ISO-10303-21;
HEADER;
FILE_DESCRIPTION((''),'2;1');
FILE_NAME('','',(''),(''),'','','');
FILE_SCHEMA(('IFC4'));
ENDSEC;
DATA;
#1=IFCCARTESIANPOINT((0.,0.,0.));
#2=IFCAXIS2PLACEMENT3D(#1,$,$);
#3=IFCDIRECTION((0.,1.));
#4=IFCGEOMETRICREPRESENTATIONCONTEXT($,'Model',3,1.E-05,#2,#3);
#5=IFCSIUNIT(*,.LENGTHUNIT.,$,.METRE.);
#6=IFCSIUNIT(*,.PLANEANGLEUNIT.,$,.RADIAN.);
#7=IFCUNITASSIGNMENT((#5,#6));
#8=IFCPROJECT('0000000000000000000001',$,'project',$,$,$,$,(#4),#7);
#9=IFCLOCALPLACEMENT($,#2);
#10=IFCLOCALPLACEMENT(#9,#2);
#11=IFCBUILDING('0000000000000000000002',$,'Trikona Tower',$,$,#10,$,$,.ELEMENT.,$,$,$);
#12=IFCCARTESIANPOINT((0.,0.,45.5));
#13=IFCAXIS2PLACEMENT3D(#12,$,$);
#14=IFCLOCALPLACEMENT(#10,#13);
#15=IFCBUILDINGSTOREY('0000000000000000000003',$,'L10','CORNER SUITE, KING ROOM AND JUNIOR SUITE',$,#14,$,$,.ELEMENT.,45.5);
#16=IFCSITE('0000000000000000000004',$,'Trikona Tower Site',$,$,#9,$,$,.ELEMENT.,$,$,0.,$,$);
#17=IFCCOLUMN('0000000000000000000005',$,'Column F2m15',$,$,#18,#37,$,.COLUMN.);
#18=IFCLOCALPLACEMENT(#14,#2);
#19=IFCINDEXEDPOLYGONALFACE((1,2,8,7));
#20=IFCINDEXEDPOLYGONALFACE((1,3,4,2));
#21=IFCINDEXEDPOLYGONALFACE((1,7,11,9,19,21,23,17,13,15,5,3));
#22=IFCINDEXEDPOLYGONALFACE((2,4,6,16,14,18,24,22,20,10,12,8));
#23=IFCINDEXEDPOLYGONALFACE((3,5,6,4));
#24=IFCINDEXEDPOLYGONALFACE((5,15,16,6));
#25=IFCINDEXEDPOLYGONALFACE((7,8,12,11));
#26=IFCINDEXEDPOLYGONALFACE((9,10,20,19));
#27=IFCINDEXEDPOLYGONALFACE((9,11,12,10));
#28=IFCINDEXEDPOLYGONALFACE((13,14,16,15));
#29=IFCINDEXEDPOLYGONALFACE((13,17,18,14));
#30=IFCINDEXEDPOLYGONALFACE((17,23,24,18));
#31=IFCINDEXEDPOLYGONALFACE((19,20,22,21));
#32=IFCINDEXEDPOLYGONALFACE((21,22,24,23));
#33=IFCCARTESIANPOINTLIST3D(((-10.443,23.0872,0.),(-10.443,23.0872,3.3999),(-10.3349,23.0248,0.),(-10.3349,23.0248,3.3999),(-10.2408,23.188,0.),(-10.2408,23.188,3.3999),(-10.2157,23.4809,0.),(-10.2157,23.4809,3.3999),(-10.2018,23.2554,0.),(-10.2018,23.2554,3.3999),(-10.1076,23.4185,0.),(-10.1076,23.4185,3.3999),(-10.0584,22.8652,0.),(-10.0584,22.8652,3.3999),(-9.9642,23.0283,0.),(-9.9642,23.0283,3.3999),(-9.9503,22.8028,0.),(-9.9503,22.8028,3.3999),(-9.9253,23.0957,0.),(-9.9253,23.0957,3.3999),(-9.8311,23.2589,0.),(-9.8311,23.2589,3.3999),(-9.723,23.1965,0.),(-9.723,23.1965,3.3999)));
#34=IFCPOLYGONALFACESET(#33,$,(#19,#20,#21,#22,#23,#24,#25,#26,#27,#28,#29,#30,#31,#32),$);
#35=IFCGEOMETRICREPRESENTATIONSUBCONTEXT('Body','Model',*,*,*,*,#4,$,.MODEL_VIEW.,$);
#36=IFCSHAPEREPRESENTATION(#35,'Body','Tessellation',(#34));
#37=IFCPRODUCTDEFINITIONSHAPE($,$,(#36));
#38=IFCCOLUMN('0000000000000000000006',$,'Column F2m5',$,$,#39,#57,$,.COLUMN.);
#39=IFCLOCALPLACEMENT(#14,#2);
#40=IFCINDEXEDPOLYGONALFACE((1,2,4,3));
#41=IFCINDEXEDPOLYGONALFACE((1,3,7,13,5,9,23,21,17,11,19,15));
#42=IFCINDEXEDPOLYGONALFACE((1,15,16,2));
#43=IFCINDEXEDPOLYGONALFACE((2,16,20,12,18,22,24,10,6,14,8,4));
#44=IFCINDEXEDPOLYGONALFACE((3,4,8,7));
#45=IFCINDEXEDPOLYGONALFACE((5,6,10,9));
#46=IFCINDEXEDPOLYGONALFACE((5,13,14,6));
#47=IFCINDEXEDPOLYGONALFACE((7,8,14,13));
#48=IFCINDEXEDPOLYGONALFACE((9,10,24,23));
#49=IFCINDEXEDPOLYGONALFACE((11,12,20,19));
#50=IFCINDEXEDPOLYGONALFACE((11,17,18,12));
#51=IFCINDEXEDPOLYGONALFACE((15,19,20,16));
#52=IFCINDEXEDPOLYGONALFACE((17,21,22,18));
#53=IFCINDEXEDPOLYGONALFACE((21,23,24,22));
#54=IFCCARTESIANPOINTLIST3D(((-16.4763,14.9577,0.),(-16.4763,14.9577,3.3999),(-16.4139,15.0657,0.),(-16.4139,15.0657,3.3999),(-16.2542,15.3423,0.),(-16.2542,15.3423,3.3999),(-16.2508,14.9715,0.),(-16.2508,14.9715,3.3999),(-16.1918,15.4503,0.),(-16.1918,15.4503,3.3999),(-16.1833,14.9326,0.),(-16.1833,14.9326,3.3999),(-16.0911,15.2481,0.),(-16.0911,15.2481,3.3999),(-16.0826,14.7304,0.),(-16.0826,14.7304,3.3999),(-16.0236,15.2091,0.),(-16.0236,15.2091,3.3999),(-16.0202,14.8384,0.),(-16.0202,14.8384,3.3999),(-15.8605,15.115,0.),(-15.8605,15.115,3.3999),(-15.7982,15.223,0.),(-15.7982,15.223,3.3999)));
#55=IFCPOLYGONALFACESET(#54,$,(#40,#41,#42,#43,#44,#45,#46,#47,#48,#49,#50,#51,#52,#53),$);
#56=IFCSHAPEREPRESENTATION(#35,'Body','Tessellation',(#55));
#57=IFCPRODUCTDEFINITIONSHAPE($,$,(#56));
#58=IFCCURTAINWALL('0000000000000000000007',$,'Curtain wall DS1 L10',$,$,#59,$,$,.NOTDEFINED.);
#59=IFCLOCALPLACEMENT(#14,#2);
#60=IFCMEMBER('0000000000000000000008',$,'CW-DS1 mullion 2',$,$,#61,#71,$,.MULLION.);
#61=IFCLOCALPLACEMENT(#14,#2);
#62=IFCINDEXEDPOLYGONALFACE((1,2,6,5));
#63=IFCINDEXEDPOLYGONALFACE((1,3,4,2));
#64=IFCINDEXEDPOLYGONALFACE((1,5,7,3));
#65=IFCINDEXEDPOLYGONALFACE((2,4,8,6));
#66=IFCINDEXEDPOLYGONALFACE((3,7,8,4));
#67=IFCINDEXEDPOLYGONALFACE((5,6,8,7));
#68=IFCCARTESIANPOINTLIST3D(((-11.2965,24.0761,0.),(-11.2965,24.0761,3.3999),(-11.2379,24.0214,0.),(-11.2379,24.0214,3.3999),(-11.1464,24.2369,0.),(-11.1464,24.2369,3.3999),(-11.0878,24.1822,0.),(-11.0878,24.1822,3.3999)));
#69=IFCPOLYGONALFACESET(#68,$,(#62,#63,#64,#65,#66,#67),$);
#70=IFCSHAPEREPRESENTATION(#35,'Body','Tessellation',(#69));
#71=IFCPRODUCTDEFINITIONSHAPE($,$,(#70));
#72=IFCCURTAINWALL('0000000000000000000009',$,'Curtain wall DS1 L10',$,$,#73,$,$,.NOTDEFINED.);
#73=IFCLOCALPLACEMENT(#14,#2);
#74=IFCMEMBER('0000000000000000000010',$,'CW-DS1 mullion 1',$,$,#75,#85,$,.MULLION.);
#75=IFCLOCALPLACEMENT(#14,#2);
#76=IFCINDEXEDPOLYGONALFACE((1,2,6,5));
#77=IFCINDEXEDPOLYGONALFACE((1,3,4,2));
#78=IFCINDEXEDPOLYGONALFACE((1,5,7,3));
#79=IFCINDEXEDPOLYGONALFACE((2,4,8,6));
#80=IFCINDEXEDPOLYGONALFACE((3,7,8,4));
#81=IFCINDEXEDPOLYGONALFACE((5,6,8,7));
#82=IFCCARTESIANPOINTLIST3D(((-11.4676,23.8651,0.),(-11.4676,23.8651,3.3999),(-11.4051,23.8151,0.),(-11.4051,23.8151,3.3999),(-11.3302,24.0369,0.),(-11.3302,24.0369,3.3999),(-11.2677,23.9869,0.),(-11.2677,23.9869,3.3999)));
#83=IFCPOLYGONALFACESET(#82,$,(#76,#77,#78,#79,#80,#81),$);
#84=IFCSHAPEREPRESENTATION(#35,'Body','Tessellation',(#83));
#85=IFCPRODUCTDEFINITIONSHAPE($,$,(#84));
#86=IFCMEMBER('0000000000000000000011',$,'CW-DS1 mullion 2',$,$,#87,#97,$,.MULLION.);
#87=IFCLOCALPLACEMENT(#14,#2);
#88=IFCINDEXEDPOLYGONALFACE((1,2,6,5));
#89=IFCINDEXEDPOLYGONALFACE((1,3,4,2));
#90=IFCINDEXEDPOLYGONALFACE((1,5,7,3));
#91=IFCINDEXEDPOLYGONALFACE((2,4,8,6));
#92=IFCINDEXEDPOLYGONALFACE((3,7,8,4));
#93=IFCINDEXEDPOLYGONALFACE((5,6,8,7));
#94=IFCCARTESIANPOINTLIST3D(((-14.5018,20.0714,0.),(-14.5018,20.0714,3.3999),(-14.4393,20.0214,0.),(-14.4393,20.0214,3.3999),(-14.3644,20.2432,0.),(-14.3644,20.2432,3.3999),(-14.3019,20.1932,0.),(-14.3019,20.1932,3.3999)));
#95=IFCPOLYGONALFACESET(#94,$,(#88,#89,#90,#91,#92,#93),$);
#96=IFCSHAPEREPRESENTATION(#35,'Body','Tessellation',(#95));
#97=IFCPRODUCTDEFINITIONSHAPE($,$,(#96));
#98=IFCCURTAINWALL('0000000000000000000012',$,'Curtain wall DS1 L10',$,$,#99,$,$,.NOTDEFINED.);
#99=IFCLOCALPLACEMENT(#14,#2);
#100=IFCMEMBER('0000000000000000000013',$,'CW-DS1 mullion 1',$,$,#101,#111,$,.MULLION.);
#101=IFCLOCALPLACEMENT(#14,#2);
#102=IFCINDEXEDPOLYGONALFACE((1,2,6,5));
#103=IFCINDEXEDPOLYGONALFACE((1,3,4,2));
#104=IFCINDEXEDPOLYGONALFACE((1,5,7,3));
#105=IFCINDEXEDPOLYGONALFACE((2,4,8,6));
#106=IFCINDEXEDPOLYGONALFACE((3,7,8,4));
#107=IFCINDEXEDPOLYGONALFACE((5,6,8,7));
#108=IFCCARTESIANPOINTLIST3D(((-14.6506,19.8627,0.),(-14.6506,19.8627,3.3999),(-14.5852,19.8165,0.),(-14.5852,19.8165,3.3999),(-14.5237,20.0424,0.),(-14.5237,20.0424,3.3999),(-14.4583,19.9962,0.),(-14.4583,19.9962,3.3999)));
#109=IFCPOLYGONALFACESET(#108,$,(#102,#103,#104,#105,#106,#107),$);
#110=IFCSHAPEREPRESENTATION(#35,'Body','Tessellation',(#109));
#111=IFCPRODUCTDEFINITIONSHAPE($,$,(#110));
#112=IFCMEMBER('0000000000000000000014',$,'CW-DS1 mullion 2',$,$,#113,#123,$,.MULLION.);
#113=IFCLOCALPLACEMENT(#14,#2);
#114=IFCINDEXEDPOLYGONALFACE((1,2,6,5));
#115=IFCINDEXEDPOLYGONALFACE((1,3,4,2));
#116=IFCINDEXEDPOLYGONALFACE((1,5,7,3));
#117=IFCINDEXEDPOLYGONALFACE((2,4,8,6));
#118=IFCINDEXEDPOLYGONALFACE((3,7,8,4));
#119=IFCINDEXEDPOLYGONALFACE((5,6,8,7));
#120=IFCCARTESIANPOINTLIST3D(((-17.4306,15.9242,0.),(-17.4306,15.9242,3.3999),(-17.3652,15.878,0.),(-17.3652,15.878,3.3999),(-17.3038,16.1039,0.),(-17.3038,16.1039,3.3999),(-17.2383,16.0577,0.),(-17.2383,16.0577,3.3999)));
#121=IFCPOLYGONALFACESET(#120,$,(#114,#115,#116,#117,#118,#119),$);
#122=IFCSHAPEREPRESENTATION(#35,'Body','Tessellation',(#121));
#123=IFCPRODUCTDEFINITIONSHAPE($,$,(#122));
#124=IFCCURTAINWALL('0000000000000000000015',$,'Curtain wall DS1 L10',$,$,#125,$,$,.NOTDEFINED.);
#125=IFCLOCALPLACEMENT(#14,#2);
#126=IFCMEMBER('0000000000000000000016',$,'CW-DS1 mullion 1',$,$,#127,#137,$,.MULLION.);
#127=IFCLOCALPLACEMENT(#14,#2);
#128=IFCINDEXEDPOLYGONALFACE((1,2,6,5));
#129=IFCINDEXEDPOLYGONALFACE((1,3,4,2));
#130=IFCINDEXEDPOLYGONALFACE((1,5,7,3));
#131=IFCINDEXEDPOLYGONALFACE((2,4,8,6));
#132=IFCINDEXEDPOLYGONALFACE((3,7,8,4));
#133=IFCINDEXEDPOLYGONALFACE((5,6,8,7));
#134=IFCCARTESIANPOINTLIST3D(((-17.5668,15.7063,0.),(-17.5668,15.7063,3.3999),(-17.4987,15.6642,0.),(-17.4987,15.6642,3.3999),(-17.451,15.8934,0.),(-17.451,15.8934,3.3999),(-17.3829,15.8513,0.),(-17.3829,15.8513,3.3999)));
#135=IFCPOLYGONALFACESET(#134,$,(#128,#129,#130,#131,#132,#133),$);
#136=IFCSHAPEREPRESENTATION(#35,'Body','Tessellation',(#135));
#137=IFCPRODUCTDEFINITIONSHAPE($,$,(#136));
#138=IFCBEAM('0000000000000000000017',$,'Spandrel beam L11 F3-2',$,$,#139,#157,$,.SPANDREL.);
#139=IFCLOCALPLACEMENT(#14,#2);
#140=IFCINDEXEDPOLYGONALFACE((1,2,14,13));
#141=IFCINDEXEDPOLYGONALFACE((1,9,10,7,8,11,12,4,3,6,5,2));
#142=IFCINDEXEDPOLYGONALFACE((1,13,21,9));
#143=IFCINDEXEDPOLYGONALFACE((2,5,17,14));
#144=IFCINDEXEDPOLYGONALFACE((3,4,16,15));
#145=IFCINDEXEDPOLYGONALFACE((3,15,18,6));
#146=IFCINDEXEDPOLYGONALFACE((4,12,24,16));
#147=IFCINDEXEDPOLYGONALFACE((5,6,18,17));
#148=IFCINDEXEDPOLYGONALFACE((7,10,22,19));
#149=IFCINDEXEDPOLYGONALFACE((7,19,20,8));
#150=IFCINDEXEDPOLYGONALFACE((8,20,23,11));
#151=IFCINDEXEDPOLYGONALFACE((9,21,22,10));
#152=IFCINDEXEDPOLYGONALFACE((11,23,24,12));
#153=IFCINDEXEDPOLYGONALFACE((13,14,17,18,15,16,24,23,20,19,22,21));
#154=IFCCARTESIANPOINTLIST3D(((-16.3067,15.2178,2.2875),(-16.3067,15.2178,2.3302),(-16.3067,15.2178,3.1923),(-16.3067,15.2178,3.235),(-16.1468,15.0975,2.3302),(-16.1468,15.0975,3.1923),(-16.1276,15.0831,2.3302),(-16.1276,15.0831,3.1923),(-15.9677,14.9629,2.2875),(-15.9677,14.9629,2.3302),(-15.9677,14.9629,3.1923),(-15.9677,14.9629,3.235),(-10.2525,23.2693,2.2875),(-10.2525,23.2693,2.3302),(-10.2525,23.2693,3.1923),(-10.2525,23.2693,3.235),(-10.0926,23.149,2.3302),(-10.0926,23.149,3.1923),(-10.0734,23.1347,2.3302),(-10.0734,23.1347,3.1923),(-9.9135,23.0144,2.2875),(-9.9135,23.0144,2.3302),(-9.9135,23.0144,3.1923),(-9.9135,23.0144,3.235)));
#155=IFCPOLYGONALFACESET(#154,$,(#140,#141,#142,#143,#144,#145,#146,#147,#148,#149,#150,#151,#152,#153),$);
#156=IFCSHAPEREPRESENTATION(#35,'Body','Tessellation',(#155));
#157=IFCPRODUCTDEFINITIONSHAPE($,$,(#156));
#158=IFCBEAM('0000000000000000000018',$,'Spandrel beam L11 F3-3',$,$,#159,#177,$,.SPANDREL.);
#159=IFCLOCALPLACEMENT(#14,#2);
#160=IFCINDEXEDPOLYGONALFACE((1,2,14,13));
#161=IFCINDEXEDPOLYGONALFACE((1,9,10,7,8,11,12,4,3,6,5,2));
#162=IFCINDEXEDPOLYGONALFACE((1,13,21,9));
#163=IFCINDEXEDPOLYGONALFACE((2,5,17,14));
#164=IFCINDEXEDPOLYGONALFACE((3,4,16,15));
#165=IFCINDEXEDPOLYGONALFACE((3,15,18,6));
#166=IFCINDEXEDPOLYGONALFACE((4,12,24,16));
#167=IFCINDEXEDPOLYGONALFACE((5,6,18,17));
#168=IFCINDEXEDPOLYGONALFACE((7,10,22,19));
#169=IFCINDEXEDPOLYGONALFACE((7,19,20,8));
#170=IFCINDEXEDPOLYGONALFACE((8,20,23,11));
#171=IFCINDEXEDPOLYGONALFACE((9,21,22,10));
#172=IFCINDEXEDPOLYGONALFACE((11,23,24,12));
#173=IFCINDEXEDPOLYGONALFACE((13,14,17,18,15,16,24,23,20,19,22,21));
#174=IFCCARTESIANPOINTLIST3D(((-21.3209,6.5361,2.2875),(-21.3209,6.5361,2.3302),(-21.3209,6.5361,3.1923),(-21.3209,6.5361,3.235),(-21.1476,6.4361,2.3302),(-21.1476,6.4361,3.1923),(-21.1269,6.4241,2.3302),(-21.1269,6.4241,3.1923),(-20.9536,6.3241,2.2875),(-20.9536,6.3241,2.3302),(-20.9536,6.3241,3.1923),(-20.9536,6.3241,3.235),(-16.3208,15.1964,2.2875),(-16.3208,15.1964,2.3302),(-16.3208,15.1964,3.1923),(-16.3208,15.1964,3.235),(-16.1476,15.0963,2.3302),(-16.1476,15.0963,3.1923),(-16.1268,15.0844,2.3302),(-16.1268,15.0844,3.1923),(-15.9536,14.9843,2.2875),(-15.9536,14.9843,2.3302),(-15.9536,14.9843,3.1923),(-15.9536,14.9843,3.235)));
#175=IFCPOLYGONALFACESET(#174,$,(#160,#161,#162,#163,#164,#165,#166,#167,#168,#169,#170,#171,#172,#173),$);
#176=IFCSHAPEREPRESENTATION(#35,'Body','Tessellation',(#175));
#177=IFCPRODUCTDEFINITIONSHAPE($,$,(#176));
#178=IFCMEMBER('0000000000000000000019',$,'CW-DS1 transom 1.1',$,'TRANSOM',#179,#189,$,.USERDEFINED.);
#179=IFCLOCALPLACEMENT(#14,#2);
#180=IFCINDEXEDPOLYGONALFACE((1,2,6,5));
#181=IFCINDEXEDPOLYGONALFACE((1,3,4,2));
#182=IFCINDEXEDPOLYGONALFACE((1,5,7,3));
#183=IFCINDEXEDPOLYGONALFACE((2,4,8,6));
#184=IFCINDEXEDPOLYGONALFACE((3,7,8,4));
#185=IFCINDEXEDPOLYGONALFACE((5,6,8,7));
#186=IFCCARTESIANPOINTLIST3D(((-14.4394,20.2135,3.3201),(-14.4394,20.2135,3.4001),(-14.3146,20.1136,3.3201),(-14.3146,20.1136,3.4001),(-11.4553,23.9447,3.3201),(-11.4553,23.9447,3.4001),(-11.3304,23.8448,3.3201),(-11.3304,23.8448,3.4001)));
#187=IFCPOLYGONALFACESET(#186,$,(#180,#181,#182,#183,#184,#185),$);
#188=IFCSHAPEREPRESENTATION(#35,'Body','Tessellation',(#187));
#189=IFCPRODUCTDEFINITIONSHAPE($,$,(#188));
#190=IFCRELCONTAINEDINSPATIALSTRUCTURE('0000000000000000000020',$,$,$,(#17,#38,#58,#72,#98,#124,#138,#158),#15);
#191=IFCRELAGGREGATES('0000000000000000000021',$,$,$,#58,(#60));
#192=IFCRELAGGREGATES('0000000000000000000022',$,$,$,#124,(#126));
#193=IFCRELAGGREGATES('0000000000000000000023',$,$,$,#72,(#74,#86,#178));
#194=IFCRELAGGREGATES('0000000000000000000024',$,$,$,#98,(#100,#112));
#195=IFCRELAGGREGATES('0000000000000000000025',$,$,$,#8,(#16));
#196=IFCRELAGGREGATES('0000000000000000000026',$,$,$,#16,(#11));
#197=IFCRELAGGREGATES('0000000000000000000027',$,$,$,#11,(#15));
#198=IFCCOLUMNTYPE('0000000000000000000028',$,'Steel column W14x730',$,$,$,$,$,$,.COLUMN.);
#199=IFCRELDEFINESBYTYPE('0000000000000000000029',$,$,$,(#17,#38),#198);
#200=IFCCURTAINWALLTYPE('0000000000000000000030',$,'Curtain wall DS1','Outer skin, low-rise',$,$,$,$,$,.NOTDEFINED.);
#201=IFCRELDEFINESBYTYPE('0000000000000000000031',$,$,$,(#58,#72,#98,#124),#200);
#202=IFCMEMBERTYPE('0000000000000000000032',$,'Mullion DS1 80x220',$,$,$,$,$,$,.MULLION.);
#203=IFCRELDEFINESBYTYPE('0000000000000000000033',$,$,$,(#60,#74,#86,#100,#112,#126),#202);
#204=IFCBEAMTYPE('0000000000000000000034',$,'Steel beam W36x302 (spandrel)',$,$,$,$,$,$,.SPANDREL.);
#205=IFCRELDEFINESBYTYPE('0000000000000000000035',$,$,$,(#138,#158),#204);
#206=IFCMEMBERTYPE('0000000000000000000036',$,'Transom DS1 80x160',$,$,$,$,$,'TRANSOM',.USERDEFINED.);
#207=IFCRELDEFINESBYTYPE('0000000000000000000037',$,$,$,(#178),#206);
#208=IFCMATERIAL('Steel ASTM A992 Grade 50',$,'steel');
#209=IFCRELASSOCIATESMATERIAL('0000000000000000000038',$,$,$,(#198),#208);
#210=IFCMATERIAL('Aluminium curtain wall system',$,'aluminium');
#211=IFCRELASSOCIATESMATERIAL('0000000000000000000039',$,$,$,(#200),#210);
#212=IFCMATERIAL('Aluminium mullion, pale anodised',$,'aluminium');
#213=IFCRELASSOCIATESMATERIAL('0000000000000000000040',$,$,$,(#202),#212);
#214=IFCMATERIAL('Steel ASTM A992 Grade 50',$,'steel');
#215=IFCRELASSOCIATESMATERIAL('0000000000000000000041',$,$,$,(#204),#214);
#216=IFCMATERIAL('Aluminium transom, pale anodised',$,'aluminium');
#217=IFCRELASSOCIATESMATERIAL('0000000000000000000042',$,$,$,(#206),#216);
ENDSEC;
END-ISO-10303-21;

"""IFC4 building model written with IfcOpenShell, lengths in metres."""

from ifc_helpers import new_model, si_unit, direction, frame, origin, origin_2d, place, context, subcontext, project, spatial, rectangle, i_section, extrude, material, material_profile, profile_set, type_object, element, aggregate, save


model = new_model("IFC4")

# Units and contexts
model_context = context("Model", 3, precision=1e-05, world=origin(), true_north=direction((0.0, 1.0)))
body_context = subcontext(model_context, "Body", "Model", "MODEL_VIEW")
ifc_project = project(units=[si_unit("LENGTHUNIT", "METRE"), si_unit("PLANEANGLEUNIT", "RADIAN")], contexts=[model_context])

# Site, building, storey
site_placement = place(None, origin())
site = spatial("IfcSite", under=ifc_project, at=site_placement, Name="Trikona Tower Site", CompositionType="ELEMENT", RefElevation=0.0)
building_placement = place(site_placement, origin())
building = spatial("IfcBuilding", under=site, at=building_placement, Name="Trikona Tower", CompositionType="ELEMENT")
storey_placement = place(building_placement, frame((0.0, 0.0, 45.5)))
storey = spatial("IfcBuildingStorey", under=building, at=storey_placement, Name="L10", Description="CORNER SUITE, KING ROOM AND JUNIOR SUITE", CompositionType="ELEMENT", Elevation=45.5)

# Columns
ifc_material_1 = material(Name="Steel ASTM A992 Grade 50", Category="steel")
ifc_material_profile_1 = material_profile(ifc_material_1, i_section(OverallWidth=0.4546, OverallDepth=0.5688, WebThickness=0.0779, FlangeThickness=0.1248, at=origin_2d()), Name="W14X730")
ifc_profile_set_1 = profile_set([ifc_material_profile_1], Name="Steel ASTM A992 Grade 50")
column_type = type_object("IfcColumnType", Name="Steel column W14x730", PredefinedType="COLUMN", material=ifc_profile_set_1)
for number, where, z_axis, x_axis, name in (
    (1, (-10.083, 23.1418, 0.0), (0.0, 0.0, 1.0), (-0.5, -0.866025, 0.0), "Column F2m15"),
    (2, (-16.1372, 15.0903, 0.0), (0.0, 0.0, 1.0), (-0.866025, 0.5, 0.0), "Column F2m5"),
):
    element("IfcColumn", number, at=place(storey_placement, frame(where, z_axis=z_axis, x_axis=x_axis)), inside=storey, type_object=column_type, Name=name, PredefinedType="COLUMN", context=body_context, shape_type="SweptSolid", body=[
        extrude(i_section(OverallWidth=0.4546, OverallDepth=0.5688, WebThickness=0.0779, FlangeThickness=0.1248, at=origin_2d()), origin(), (0.0, 0.0, 1.0), 3.3999),
    ])

# Curtain wall, member
ifc_material_2 = material(Name="Aluminium curtain wall system", Category="aluminium")
curtain_wall_type = type_object("IfcCurtainWallType", Name="Curtain wall DS1", Description="Outer skin, low-rise", PredefinedType="NOTDEFINED", material=ifc_material_2)
curtain_wall_1_placement = place(storey_placement, origin())
curtain_wall_1 = element("IfcCurtainWall", 3, at=curtain_wall_1_placement, inside=storey, type_object=curtain_wall_type, Name="Curtain wall DS1 L10", PredefinedType="NOTDEFINED")
ifc_material_3 = material(Name="Aluminium mullion, pale anodised", Category="aluminium")
ifc_material_profile_2 = material_profile(ifc_material_3, rectangle(XDim=0.0801, YDim=0.22, at=origin_2d()), Name="MUL-DS1")
ifc_profile_set_2 = profile_set([ifc_material_profile_2], Name="Aluminium mullion, pale anodised")
member_type_1 = type_object("IfcMemberType", Name="Mullion DS1 80x220", PredefinedType="MULLION", material=ifc_profile_set_2)
member_1_placement = place(storey_placement, frame((-11.1921, 24.1292, 0.0), z_axis=(0.0, 0.0, 1.0), x_axis=(0.731077, -0.682295, 0.0)))
member_1 = element("IfcMember", 4, at=member_1_placement, type_object=member_type_1, Name="CW-DS1 mullion 2", PredefinedType="MULLION", context=body_context, shape_type="SweptSolid", body=[
    extrude(rectangle(XDim=0.0801, YDim=0.22, at=origin_2d()), origin(), (0.0, 0.0, 1.0), 3.3999),
])
aggregate(curtain_wall_1, [member_1])

# Curtain walls, members
curtain_wall_2_placement = place(storey_placement, origin())
curtain_wall_2 = element("IfcCurtainWall", 5, at=curtain_wall_2_placement, inside=storey, type_object=curtain_wall_type, Name="Curtain wall DS1 L10", PredefinedType="NOTDEFINED")
member_2_placement = place(storey_placement, frame((-11.3677, 23.926, 0.0), z_axis=(0.0, 0.0, 1.0), x_axis=(0.780938, -0.624609, 0.0)))
member_2 = element("IfcMember", 6, at=member_2_placement, type_object=member_type_1, Name="CW-DS1 mullion 1", PredefinedType="MULLION", context=body_context, shape_type="SweptSolid", body=[
    extrude(rectangle(XDim=0.0801, YDim=0.22, at=origin_2d()), origin(), (0.0, 0.0, 1.0), 3.3999),
])
member_3_placement = place(storey_placement, frame((-14.4019, 20.1323, 0.0), z_axis=(0.0, 0.0, 1.0), x_axis=(0.780938, -0.624609, 0.0)))
member_3 = element("IfcMember", 7, at=member_3_placement, type_object=member_type_1, Name="CW-DS1 mullion 2", PredefinedType="MULLION", context=body_context, shape_type="SweptSolid", body=[
    extrude(rectangle(XDim=0.0801, YDim=0.22, at=origin_2d()), origin(), (0.0, 0.0, 1.0), 3.3999),
])
curtain_wall_3_placement = place(storey_placement, origin())
curtain_wall_3 = element("IfcCurtainWall", 8, at=curtain_wall_3_placement, inside=storey, type_object=curtain_wall_type, Name="Curtain wall DS1 L10", PredefinedType="NOTDEFINED")
member_4_placement = place(storey_placement, frame((-14.5544, 19.9294, 0.0), z_axis=(0.0, 0.0, 1.0), x_axis=(0.816985, -0.576658, 0.0)))
member_4 = element("IfcMember", 9, at=member_4_placement, type_object=member_type_1, Name="CW-DS1 mullion 1", PredefinedType="MULLION", context=body_context, shape_type="SweptSolid", body=[
    extrude(rectangle(XDim=0.0801, YDim=0.22, at=origin_2d()), origin(), (0.0, 0.0, 1.0), 3.3999),
])
member_5_placement = place(storey_placement, frame((-17.3345, 15.991, 0.0), z_axis=(0.0, 0.0, 1.0), x_axis=(0.816985, -0.576658, 0.0)))
member_5 = element("IfcMember", 10, at=member_5_placement, type_object=member_type_1, Name="CW-DS1 mullion 2", PredefinedType="MULLION", context=body_context, shape_type="SweptSolid", body=[
    extrude(rectangle(XDim=0.0801, YDim=0.22, at=origin_2d()), origin(), (0.0, 0.0, 1.0), 3.3999),
])

# Curtain wall, member
curtain_wall_4_placement = place(storey_placement, origin())
curtain_wall_4 = element("IfcCurtainWall", 11, at=curtain_wall_4_placement, inside=storey, type_object=curtain_wall_type, Name="Curtain wall DS1 L10", PredefinedType="NOTDEFINED")
member_6_placement = place(storey_placement, frame((-17.4749, 15.7788, 0.0), z_axis=(0.0, 0.0, 1.0), x_axis=(0.85041, -0.52612, 0.0)))
member_6 = element("IfcMember", 12, at=member_6_placement, type_object=member_type_1, Name="CW-DS1 mullion 1", PredefinedType="MULLION", context=body_context, shape_type="SweptSolid", body=[
    extrude(rectangle(XDim=0.0801, YDim=0.22, at=origin_2d()), origin(), (0.0, 0.0, 1.0), 3.3999),
])

# Beams
ifc_material_4 = material(Name="Steel ASTM A992 Grade 50", Category="steel")
ifc_material_profile_3 = material_profile(ifc_material_4, i_section(OverallWidth=0.4241, OverallDepth=0.9475, WebThickness=0.0239, FlangeThickness=0.0427, at=origin_2d()), Name="W36X302")
ifc_profile_set_3 = profile_set([ifc_material_profile_3], Name="Steel ASTM A992 Grade 50")
beam_type = type_object("IfcBeamType", Name="Steel beam W36x302 (spandrel)", PredefinedType="SPANDREL", material=ifc_profile_set_3)
beam_1_placement = place(storey_placement, frame((-10.083, 23.1418, 2.7612), z_axis=(-0.600988, -0.799258, 0.0), x_axis=(0.799258, -0.600988, 0.0)))
element("IfcBeam", 13, at=beam_1_placement, inside=storey, type_object=beam_type, Name="Spandrel beam L11 F3-2", PredefinedType="SPANDREL", context=body_context, shape_type="SweptSolid", body=[
    extrude(i_section(OverallWidth=0.4241, OverallDepth=0.9475, WebThickness=0.0239, FlangeThickness=0.0427, at=origin_2d()), origin(), (0.0, 0.0, 1.0), 10.0737),
])
beam_2_placement = place(storey_placement, frame((-16.1372, 15.0903, 2.7612), z_axis=(-0.500004, -0.866023, 0.0), x_axis=(0.866023, -0.500004, 0.0)))
element("IfcBeam", 14, at=beam_2_placement, inside=storey, type_object=beam_type, Name="Spandrel beam L11 F3-3", PredefinedType="SPANDREL", context=body_context, shape_type="SweptSolid", body=[
    extrude(i_section(OverallWidth=0.4241, OverallDepth=0.9475, WebThickness=0.0239, FlangeThickness=0.0427, at=origin_2d()), origin(), (0.0, 0.0, 1.0), 10.0),
])

# Member
ifc_material_5 = material(Name="Aluminium transom, pale anodised", Category="aluminium")
ifc_material_profile_4 = material_profile(ifc_material_5, rectangle(XDim=0.1599, YDim=0.0801, at=origin_2d()), Name="TRN-DS1")
ifc_profile_set_4 = profile_set([ifc_material_profile_4], Name="Aluminium transom, pale anodised")
member_type_2 = type_object("IfcMemberType", Name="Transom DS1 80x160", ElementType="TRANSOM", PredefinedType="USERDEFINED", material=ifc_profile_set_4)
member_7_placement = place(storey_placement, frame((-11.3928, 23.8948, 3.3601), z_axis=(-0.624589, -0.780954, 0.0), x_axis=(0.780954, -0.624589, 0.0)))
member_7 = element("IfcMember", 15, at=member_7_placement, type_object=member_type_2, Name="CW-DS1 transom 1.1", ObjectType="TRANSOM", PredefinedType="USERDEFINED", context=body_context, shape_type="SweptSolid", body=[
    extrude(rectangle(XDim=0.1599, YDim=0.0801, at=origin_2d()), origin(), (0.0, 0.0, 1.0), 4.7778),
])
aggregate(curtain_wall_4, [member_6])

aggregate(curtain_wall_2, [member_2, member_3, member_7])
aggregate(curtain_wall_3, [member_4, member_5])

save(model, "model.ifc")
